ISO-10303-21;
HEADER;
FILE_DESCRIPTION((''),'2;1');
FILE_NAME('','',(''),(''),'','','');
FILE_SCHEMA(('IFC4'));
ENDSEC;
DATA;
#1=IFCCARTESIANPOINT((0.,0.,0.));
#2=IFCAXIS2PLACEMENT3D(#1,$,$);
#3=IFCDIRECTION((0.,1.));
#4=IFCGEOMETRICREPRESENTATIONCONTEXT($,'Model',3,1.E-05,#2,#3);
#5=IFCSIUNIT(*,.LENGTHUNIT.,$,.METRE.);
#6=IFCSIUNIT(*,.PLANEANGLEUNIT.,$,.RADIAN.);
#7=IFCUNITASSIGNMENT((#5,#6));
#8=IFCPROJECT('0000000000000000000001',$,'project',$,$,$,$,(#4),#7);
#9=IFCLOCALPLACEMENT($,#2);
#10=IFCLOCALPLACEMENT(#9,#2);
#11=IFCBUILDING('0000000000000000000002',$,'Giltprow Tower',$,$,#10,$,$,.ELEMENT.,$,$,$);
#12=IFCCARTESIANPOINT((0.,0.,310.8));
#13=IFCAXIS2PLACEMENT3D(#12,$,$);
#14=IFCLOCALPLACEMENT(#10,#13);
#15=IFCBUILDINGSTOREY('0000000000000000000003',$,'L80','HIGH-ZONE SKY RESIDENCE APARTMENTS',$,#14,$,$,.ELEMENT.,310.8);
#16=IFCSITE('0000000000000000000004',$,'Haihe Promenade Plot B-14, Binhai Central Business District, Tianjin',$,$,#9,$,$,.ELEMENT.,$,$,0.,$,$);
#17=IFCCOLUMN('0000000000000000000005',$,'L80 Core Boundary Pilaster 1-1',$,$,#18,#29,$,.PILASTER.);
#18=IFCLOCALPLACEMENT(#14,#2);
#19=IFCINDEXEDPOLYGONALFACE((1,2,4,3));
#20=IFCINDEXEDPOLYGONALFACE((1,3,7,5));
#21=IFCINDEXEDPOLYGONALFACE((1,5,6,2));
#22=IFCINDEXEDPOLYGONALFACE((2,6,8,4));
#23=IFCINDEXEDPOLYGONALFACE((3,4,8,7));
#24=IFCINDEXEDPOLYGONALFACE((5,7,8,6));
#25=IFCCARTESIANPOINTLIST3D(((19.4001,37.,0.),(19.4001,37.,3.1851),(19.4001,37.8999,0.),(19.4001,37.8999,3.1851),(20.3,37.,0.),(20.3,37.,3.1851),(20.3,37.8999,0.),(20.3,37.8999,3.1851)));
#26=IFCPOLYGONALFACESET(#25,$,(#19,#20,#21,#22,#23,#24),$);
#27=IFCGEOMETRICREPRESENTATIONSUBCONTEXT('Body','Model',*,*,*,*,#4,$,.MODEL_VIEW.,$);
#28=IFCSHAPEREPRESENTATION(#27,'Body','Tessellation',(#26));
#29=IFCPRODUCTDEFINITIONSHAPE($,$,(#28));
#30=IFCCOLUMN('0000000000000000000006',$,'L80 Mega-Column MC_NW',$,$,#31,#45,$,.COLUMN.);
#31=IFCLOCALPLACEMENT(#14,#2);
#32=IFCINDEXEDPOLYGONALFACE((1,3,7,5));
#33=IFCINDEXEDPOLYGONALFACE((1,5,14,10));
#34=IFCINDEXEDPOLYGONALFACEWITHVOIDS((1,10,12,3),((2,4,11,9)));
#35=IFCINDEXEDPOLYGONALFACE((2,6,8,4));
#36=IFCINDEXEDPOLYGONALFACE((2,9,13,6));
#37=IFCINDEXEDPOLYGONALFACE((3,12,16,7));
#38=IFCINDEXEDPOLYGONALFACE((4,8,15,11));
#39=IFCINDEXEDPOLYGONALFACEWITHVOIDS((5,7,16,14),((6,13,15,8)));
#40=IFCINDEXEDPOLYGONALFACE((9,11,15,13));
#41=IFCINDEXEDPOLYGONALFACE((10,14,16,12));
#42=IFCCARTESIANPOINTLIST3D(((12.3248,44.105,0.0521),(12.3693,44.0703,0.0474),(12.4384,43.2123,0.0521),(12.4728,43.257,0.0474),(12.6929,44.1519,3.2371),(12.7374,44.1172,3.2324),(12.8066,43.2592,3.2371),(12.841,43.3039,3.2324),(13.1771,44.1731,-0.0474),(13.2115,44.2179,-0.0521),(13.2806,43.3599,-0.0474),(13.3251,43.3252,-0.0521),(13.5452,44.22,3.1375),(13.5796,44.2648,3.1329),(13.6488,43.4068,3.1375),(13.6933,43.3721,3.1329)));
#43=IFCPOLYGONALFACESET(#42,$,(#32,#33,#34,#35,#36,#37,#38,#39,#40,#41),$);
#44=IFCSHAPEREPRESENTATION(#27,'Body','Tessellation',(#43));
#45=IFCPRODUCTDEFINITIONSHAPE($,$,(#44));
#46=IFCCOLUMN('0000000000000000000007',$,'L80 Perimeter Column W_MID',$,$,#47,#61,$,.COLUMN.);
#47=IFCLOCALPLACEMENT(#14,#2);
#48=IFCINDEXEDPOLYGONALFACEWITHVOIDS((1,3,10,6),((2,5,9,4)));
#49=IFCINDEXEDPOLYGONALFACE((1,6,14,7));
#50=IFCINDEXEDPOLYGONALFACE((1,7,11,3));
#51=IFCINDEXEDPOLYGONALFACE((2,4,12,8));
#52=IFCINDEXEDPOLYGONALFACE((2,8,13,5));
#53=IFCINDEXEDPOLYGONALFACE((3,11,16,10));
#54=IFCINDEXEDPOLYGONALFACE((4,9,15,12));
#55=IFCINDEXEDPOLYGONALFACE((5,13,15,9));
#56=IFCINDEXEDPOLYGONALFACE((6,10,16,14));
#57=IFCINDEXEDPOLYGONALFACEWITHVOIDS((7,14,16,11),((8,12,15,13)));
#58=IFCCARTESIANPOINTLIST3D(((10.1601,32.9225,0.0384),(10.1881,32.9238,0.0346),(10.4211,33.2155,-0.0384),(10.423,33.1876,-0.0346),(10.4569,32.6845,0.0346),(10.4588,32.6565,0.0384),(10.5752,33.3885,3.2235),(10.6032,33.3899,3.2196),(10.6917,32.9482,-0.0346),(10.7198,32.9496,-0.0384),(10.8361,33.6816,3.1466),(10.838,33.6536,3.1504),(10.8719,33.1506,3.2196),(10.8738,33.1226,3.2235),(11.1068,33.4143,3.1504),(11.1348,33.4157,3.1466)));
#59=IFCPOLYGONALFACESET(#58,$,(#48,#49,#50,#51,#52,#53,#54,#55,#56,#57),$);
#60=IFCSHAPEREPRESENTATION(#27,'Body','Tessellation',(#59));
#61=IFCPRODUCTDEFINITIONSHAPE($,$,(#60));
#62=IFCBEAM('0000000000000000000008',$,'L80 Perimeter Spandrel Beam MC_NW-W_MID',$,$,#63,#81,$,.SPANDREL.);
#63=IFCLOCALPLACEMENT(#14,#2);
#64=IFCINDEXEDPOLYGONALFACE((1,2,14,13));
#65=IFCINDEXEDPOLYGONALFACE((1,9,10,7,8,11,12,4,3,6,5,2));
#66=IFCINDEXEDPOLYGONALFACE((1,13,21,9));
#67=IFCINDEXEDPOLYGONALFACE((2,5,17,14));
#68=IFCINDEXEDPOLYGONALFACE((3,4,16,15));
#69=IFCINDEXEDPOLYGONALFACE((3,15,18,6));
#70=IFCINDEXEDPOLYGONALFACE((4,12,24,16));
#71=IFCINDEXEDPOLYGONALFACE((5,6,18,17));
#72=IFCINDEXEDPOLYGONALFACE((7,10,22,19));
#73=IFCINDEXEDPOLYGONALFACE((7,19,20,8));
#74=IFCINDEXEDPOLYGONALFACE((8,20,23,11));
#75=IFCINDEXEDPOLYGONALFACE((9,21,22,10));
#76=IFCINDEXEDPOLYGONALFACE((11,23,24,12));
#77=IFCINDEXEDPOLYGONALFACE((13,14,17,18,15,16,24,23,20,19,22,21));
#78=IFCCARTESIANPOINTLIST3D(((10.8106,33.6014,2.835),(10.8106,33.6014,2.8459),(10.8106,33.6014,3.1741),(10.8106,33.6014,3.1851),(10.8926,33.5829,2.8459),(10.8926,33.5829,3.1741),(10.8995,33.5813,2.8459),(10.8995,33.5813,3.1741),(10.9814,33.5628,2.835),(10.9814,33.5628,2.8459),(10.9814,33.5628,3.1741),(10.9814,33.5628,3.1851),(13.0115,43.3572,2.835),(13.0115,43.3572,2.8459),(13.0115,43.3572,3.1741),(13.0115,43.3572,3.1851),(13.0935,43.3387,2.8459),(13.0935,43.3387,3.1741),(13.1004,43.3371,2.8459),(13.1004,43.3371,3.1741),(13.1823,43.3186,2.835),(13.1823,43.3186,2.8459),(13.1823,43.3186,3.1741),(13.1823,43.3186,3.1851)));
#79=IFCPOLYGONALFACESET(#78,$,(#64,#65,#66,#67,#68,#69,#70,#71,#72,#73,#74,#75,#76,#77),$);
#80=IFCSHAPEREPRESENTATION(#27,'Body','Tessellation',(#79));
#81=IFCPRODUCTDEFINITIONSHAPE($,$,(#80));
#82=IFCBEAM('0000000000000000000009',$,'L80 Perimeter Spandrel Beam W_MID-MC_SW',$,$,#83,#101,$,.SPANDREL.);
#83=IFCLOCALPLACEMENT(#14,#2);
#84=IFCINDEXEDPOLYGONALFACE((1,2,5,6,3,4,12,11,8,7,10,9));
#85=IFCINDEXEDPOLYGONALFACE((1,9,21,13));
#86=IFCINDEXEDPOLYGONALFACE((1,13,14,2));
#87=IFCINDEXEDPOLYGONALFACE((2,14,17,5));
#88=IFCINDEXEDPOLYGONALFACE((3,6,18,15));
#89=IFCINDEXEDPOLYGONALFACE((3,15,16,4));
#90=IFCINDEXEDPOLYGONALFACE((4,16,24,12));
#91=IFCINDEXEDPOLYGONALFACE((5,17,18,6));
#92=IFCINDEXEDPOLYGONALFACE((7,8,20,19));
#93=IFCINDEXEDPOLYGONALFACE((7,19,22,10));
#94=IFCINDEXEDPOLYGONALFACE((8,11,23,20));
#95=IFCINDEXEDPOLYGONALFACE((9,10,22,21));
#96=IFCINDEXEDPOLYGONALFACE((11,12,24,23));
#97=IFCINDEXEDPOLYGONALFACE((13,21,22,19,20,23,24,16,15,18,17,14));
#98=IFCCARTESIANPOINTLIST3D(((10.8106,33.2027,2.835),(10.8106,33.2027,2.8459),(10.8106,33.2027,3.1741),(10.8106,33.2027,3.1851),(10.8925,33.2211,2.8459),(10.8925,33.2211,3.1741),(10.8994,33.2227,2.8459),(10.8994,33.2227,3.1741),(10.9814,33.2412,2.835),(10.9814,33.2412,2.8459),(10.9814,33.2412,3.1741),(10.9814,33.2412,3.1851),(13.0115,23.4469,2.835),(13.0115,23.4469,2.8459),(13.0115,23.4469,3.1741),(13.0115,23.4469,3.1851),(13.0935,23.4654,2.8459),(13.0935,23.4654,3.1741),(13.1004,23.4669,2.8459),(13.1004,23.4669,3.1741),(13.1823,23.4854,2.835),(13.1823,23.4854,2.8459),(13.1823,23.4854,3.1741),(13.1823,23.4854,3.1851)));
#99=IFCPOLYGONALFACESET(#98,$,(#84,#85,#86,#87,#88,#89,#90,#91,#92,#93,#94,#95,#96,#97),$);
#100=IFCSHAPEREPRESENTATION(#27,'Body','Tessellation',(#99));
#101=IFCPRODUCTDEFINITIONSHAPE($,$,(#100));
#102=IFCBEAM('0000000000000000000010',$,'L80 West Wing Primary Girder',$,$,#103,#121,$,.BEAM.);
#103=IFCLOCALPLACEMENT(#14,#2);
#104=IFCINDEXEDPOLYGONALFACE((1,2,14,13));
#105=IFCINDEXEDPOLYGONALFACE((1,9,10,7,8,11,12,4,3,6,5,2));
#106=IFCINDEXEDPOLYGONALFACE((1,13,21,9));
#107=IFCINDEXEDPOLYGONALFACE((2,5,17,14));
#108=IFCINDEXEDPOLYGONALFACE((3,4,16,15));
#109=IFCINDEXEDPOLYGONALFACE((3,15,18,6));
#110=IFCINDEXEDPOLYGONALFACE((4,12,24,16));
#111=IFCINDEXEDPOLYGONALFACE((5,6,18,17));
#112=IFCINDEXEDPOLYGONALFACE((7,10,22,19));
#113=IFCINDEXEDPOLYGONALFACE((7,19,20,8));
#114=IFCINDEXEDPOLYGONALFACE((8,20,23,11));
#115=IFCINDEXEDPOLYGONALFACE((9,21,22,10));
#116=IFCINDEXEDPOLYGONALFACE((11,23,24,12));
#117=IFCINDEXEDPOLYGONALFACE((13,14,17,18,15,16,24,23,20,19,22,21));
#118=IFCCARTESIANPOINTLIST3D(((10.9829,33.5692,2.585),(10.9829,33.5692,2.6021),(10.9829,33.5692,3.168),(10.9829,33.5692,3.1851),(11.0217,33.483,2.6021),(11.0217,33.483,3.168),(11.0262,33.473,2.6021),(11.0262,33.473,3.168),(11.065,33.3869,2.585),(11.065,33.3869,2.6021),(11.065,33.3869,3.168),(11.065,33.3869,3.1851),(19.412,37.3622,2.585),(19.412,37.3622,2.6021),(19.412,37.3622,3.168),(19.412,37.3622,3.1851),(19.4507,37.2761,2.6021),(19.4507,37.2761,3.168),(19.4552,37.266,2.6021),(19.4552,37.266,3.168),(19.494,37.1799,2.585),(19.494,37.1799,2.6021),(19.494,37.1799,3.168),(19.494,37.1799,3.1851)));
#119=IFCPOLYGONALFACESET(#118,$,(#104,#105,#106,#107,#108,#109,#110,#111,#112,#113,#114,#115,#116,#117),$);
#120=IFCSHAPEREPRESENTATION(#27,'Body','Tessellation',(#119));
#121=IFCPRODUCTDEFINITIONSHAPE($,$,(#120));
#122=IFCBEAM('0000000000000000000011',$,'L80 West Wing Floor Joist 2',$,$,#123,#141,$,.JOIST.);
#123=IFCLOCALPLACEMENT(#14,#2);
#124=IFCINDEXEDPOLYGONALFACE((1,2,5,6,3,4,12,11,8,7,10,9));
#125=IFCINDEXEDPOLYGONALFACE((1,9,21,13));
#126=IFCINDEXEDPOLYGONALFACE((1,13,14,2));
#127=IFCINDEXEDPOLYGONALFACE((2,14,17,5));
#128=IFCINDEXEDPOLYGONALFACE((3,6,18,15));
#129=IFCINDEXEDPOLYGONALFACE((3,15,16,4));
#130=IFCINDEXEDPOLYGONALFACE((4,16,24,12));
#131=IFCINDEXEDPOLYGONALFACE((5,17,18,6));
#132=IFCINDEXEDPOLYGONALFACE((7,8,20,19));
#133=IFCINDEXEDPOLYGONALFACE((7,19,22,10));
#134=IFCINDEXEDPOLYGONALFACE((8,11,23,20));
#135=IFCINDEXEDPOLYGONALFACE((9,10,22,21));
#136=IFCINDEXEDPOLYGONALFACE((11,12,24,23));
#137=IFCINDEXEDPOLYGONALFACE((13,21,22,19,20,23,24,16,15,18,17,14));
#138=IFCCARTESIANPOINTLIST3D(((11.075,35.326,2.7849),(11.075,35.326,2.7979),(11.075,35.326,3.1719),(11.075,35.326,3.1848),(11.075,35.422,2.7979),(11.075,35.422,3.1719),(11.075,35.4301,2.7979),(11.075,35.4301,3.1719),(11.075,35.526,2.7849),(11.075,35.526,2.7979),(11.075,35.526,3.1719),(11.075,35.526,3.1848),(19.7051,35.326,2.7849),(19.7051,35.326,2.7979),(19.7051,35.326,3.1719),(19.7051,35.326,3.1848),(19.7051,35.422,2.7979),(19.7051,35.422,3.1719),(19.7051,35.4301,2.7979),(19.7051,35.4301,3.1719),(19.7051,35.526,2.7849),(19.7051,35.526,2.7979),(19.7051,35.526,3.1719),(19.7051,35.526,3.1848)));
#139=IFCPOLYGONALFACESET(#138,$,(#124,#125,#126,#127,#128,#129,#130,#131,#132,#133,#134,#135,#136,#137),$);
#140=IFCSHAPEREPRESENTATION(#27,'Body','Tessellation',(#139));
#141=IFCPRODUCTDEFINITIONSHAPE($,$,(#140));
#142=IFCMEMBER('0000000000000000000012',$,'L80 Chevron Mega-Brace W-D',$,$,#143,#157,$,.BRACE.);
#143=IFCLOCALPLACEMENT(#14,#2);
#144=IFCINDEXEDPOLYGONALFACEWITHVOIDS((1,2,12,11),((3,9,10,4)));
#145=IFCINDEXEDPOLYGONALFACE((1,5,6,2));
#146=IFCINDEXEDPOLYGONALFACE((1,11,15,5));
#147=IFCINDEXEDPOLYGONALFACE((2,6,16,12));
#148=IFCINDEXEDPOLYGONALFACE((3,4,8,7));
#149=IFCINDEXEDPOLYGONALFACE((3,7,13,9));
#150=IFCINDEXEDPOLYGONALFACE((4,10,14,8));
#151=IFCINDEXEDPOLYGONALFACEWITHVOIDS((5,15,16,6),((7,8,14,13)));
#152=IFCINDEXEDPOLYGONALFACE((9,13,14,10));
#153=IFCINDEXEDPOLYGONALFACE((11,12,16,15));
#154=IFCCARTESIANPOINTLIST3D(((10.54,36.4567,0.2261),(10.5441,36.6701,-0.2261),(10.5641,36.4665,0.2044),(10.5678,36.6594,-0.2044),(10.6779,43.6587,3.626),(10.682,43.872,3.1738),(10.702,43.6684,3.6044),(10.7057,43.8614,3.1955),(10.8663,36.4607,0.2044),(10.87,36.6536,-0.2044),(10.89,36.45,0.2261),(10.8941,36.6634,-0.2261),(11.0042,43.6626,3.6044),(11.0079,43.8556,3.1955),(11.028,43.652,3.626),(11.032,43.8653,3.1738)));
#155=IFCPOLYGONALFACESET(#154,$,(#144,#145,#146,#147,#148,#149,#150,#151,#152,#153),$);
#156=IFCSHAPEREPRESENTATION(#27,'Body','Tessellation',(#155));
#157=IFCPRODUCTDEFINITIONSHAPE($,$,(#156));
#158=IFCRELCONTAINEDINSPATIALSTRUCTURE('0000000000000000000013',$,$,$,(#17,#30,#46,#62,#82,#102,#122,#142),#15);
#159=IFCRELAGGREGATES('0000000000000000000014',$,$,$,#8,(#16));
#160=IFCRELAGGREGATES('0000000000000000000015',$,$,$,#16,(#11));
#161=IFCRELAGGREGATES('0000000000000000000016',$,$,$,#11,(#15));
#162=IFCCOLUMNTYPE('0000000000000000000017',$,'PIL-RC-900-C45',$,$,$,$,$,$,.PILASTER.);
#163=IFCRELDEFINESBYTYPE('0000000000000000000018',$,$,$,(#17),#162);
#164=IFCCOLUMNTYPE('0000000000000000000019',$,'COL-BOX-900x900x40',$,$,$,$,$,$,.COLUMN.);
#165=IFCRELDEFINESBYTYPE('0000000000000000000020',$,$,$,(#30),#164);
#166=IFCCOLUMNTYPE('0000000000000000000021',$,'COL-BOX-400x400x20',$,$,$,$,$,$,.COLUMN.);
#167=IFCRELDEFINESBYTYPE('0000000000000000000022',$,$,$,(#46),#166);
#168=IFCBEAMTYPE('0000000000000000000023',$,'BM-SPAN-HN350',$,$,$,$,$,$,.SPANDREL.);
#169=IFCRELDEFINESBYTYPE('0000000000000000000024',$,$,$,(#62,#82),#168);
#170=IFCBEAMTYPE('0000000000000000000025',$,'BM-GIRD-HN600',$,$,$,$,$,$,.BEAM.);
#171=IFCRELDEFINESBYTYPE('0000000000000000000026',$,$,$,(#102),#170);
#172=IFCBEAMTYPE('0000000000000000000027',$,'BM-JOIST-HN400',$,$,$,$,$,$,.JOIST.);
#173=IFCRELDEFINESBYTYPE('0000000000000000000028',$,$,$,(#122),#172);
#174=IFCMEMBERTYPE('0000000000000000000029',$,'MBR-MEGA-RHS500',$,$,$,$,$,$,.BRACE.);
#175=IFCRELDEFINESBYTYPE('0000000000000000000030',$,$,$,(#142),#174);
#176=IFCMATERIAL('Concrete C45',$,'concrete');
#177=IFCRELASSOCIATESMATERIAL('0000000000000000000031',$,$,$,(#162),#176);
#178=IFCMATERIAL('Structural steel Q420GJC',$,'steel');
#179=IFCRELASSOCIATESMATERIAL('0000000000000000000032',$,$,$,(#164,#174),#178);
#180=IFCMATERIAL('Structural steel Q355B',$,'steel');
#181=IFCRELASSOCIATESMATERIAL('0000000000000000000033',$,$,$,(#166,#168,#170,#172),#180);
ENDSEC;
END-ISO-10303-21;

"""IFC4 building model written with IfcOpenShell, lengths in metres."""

from ifc_helpers import new_model, si_unit, direction, frame, origin, origin_2d, place, context, subcontext, project, spatial, rectangle, hollow_rectangle, i_section, extrude, source, transform, mapped, material, material_profile, profile_set, type_object, element, save


model = new_model("IFC4")

# Units and contexts
model_context = context("Model", 3, precision=1e-05, world=origin(), true_north=direction((0.0, 1.0)))
body_context = subcontext(model_context, "Body", "Model", "MODEL_VIEW")
ifc_project = project(units=[si_unit("LENGTHUNIT", "METRE"), si_unit("PLANEANGLEUNIT", "RADIAN")], contexts=[model_context])

# Site, building, storey
site_placement = place(None, origin())
site = spatial("IfcSite", under=ifc_project, at=site_placement, Name="Haihe Promenade Plot B-14, Binhai Central Business District, Tianjin", CompositionType="ELEMENT", RefElevation=0.0)
building_placement = place(site_placement, origin())
building = spatial("IfcBuilding", under=site, at=building_placement, Name="Giltprow Tower", CompositionType="ELEMENT")
storey_placement = place(building_placement, frame((0.0, 0.0, 310.8)))
storey = spatial("IfcBuildingStorey", under=building, at=storey_placement, Name="L80", Description="HIGH-ZONE SKY RESIDENCE APARTMENTS", CompositionType="ELEMENT", Elevation=310.8)

# Columns
ifc_material_1 = material(Name="Concrete C45", Category="concrete")
ifc_material_profile_1 = material_profile(ifc_material_1, rectangle(XDim=0.8999, YDim=0.8999, at=origin_2d()), Name="RC 900x900")
ifc_profile_set_1 = profile_set([ifc_material_profile_1], Name="Concrete C45")
column_type_1 = type_object("IfcColumnType", Name="PIL-RC-900-C45", PredefinedType="PILASTER", material=ifc_profile_set_1)
shared_shape_1 = source(origin(), body_context, "Body", "SweptSolid", [
    extrude(rectangle(XDim=0.8999, YDim=0.8999, at=origin_2d()), origin(), (0.0, 0.0, 1.0), 3.1851),
])
column_1_placement = place(storey_placement, frame((19.8501, 37.45, 0.0), z_axis=(0.0, 0.0, 1.0), x_axis=(1.0, 0.0, 0.0)))
element("IfcColumn", 1, at=column_1_placement, inside=storey, type_object=column_type_1, Name="L80 Core Boundary Pilaster 1-1", PredefinedType="PILASTER", context=body_context, shape_type="MappedRepresentation", body=[
    mapped(shared_shape_1, transform((0.0, 0.0, 0.0), x_axis=(1.0, 0.0, 0.0), y_axis=(0.0, 1.0, 0.0), z_axis=(0.0, 0.0, 1.0), scale=1.0)),
])
ifc_material_2 = material(Name="Structural steel Q420GJC", Category="steel")
ifc_material_profile_2 = material_profile(ifc_material_2, hollow_rectangle(XDim=0.8999, YDim=0.8999, WallThickness=0.04, at=origin_2d()), Name="BOX 900x900x40")
ifc_profile_set_2 = profile_set([ifc_material_profile_2], Name="Structural steel Q420GJC")
column_type_2 = type_object("IfcColumnType", Name="COL-BOX-900x900x40", PredefinedType="COLUMN", material=ifc_profile_set_2)
shared_shape_2 = source(origin(), body_context, "Body", "SweptSolid", [
    extrude(hollow_rectangle(XDim=0.8999, YDim=0.8999, WallThickness=0.04, at=origin_2d()), origin(), (0.0, 0.0, 1.0), 3.2065),
])
column_2_placement = place(storey_placement, frame((12.825, 43.7151, 0.0), z_axis=(0.114814, 0.014618, 0.993279), x_axis=(-0.126301, 0.991992, 0.0)))
element("IfcColumn", 2, at=column_2_placement, inside=storey, type_object=column_type_2, Name="L80 Mega-Column MC_NW", PredefinedType="COLUMN", context=body_context, shape_type="MappedRepresentation", body=[
    mapped(shared_shape_2, transform((0.0, 0.0, 0.0), x_axis=(1.0, 0.0, 0.0), y_axis=(0.0, 1.0, 0.0), z_axis=(0.0, 0.0, 1.0), scale=1.0)),
])
ifc_material_3 = material(Name="Structural steel Q355B", Category="steel")
ifc_material_profile_3 = material_profile(ifc_material_3, hollow_rectangle(XDim=0.3999, YDim=0.3999, WallThickness=0.02, at=origin_2d()), Name="BOX 400x400x20")
ifc_profile_set_3 = profile_set([ifc_material_profile_3], Name="Structural steel Q355B")
column_type_3 = type_object("IfcColumnType", Name="COL-BOX-400x400x20", PredefinedType="COLUMN", material=ifc_profile_set_3)
shared_shape_3 = source(origin(), body_context, "Body", "SweptSolid", [
    extrude(hollow_rectangle(XDim=0.3999, YDim=0.3999, WallThickness=0.02, at=origin_2d()), origin(), (0.0, 0.0, 1.0), 3.2456),
])
column_3_placement = place(storey_placement, frame((10.4399, 32.936, 0.0), z_axis=(0.127877, 0.143598, 0.98134), x_axis=(-0.746805, 0.665043, 0.0)))
element("IfcColumn", 3, at=column_3_placement, inside=storey, type_object=column_type_3, Name="L80 Perimeter Column W_MID", PredefinedType="COLUMN", context=body_context, shape_type="MappedRepresentation", body=[
    mapped(shared_shape_3, transform((0.0, 0.0, 0.0), x_axis=(1.0, 0.0, 0.0), y_axis=(0.0, 1.0, 0.0), z_axis=(0.0, 0.0, 1.0), scale=1.0)),
])

# Beams
ifc_material_profile_4 = material_profile(ifc_material_3, i_section(OverallWidth=0.175, OverallDepth=0.3501, WebThickness=0.0071, FlangeThickness=0.011, at=origin_2d()), Name="HN 350x175x7x11")
ifc_profile_set_4 = profile_set([ifc_material_profile_4], Name="Structural steel Q355B")
beam_type_1 = type_object("IfcBeamType", Name="BM-SPAN-HN350", PredefinedType="SPANDREL", material=ifc_profile_set_4)
shared_shape_4 = source(origin(), body_context, "Body", "SweptSolid", [
    extrude(i_section(OverallWidth=0.175, OverallDepth=0.3501, WebThickness=0.0071, FlangeThickness=0.011, at=origin_2d()), origin(), (0.0, 0.0, 1.0), 10.001),
])
for number, where, z_axis, x_axis, name in (
    (4, (13.0969, 43.3379, 3.01), (-0.22007, -0.975484, 0.0), (0.975484, -0.22007, 0.0), "L80 Perimeter Spandrel Beam MC_NW-W_MID"),
    (5, (10.896, 33.2219, 3.01), (0.22007, -0.975484, 0.0), (0.975484, 0.22007, 0.0), "L80 Perimeter Spandrel Beam W_MID-MC_SW"),
):
    element("IfcBeam", number, at=place(storey_placement, frame(where, z_axis=z_axis, x_axis=x_axis)), inside=storey, type_object=beam_type_1, Name=name, PredefinedType="SPANDREL", context=body_context, shape_type="MappedRepresentation", body=[
        mapped(shared_shape_4, transform((0.0, 0.0, 0.0), x_axis=(1.0, 0.0, 0.0), y_axis=(0.0, 1.0, 0.0), z_axis=(0.0, 0.0, 1.0), scale=1.0)),
    ])
ifc_material_profile_5 = material_profile(ifc_material_3, i_section(OverallWidth=0.2, OverallDepth=0.6001, WebThickness=0.011, FlangeThickness=0.0171, at=origin_2d()), Name="HN 600x200x11x17")
ifc_profile_set_5 = profile_set([ifc_material_profile_5], Name="Structural steel Q355B")
beam_type_2 = type_object("IfcBeamType", Name="BM-GIRD-HN600", PredefinedType="BEAM", material=ifc_profile_set_5)
shared_shape_5 = source(origin(), body_context, "Body", "SweptSolid", [
    extrude(i_section(OverallWidth=0.2, OverallDepth=0.6001, WebThickness=0.011, FlangeThickness=0.0171, at=origin_2d()), origin(), (0.0, 0.0, 1.0), 9.2432),
])
beam_1_placement = place(storey_placement, frame((11.0239, 33.478, 2.885), z_axis=(0.911924, 0.410359, 0.0), x_axis=(-0.410359, 0.911924, 0.0)))
element("IfcBeam", 6, at=beam_1_placement, inside=storey, type_object=beam_type_2, Name="L80 West Wing Primary Girder", PredefinedType="BEAM", context=body_context, shape_type="MappedRepresentation", body=[
    mapped(shared_shape_5, transform((0.0, 0.0, 0.0), x_axis=(1.0, 0.0, 0.0), y_axis=(0.0, 1.0, 0.0), z_axis=(0.0, 0.0, 1.0), scale=1.0)),
])
ifc_material_profile_6 = material_profile(ifc_material_3, i_section(OverallWidth=0.2, OverallDepth=0.3999, WebThickness=0.0081, FlangeThickness=0.0129, at=origin_2d()), Name="HN 400x200x8x13")
ifc_profile_set_6 = profile_set([ifc_material_profile_6], Name="Structural steel Q355B")
beam_type_3 = type_object("IfcBeamType", Name="BM-JOIST-HN400", PredefinedType="JOIST", material=ifc_profile_set_6)
shared_shape_6 = source(origin(), body_context, "Body", "SweptSolid", [
    extrude(i_section(OverallWidth=0.2, OverallDepth=0.3999, WebThickness=0.0081, FlangeThickness=0.0129, at=origin_2d()), origin(), (0.0, 0.0, 1.0), 8.6301),
])
beam_2_placement = place(storey_placement, frame((11.075, 35.426, 2.9849), z_axis=(1.0, 0.0, 0.0), x_axis=(0.0, 1.0, 0.0)))
element("IfcBeam", 7, at=beam_2_placement, inside=storey, type_object=beam_type_3, Name="L80 West Wing Floor Joist 2", PredefinedType="JOIST", context=body_context, shape_type="MappedRepresentation", body=[
    mapped(shared_shape_6, transform((0.0, 0.0, 0.0), x_axis=(1.0, 0.0, 0.0), y_axis=(0.0, 1.0, 0.0), z_axis=(0.0, 0.0, 1.0), scale=1.0)),
])

# Member
ifc_material_profile_7 = material_profile(ifc_material_2, hollow_rectangle(XDim=0.3501, YDim=0.5, WallThickness=0.0239, at=origin_2d()), Name="RHS 500x350x24")
ifc_profile_set_7 = profile_set([ifc_material_profile_7], Name="Structural steel Q420GJC")
member_type = type_object("IfcMemberType", Name="MBR-MEGA-RHS500", PredefinedType="BRACE", material=ifc_profile_set_7)
shared_shape_7 = source(origin(), body_context, "Body", "SweptSolid", [
    extrude(hollow_rectangle(XDim=0.3501, YDim=0.5, WallThickness=0.0239, at=origin_2d()), origin(), (0.0, 0.0, 1.0), 7.9653),
])
member_placement = place(storey_placement, frame((10.717, 36.5601, 0.0), z_axis=(0.017318, 0.904161, 0.42684), x_axis=(-0.999817, 0.01915, 0.0)))
element("IfcMember", 8, at=member_placement, inside=storey, type_object=member_type, Name="L80 Chevron Mega-Brace W-D", PredefinedType="BRACE", context=body_context, shape_type="MappedRepresentation", body=[
    mapped(shared_shape_7, transform((0.0, 0.0, 0.0), x_axis=(1.0, 0.0, 0.0), y_axis=(0.0, 1.0, 0.0), z_axis=(0.0, 0.0, 1.0), scale=1.0)),
])

save(model, "model.ifc")
